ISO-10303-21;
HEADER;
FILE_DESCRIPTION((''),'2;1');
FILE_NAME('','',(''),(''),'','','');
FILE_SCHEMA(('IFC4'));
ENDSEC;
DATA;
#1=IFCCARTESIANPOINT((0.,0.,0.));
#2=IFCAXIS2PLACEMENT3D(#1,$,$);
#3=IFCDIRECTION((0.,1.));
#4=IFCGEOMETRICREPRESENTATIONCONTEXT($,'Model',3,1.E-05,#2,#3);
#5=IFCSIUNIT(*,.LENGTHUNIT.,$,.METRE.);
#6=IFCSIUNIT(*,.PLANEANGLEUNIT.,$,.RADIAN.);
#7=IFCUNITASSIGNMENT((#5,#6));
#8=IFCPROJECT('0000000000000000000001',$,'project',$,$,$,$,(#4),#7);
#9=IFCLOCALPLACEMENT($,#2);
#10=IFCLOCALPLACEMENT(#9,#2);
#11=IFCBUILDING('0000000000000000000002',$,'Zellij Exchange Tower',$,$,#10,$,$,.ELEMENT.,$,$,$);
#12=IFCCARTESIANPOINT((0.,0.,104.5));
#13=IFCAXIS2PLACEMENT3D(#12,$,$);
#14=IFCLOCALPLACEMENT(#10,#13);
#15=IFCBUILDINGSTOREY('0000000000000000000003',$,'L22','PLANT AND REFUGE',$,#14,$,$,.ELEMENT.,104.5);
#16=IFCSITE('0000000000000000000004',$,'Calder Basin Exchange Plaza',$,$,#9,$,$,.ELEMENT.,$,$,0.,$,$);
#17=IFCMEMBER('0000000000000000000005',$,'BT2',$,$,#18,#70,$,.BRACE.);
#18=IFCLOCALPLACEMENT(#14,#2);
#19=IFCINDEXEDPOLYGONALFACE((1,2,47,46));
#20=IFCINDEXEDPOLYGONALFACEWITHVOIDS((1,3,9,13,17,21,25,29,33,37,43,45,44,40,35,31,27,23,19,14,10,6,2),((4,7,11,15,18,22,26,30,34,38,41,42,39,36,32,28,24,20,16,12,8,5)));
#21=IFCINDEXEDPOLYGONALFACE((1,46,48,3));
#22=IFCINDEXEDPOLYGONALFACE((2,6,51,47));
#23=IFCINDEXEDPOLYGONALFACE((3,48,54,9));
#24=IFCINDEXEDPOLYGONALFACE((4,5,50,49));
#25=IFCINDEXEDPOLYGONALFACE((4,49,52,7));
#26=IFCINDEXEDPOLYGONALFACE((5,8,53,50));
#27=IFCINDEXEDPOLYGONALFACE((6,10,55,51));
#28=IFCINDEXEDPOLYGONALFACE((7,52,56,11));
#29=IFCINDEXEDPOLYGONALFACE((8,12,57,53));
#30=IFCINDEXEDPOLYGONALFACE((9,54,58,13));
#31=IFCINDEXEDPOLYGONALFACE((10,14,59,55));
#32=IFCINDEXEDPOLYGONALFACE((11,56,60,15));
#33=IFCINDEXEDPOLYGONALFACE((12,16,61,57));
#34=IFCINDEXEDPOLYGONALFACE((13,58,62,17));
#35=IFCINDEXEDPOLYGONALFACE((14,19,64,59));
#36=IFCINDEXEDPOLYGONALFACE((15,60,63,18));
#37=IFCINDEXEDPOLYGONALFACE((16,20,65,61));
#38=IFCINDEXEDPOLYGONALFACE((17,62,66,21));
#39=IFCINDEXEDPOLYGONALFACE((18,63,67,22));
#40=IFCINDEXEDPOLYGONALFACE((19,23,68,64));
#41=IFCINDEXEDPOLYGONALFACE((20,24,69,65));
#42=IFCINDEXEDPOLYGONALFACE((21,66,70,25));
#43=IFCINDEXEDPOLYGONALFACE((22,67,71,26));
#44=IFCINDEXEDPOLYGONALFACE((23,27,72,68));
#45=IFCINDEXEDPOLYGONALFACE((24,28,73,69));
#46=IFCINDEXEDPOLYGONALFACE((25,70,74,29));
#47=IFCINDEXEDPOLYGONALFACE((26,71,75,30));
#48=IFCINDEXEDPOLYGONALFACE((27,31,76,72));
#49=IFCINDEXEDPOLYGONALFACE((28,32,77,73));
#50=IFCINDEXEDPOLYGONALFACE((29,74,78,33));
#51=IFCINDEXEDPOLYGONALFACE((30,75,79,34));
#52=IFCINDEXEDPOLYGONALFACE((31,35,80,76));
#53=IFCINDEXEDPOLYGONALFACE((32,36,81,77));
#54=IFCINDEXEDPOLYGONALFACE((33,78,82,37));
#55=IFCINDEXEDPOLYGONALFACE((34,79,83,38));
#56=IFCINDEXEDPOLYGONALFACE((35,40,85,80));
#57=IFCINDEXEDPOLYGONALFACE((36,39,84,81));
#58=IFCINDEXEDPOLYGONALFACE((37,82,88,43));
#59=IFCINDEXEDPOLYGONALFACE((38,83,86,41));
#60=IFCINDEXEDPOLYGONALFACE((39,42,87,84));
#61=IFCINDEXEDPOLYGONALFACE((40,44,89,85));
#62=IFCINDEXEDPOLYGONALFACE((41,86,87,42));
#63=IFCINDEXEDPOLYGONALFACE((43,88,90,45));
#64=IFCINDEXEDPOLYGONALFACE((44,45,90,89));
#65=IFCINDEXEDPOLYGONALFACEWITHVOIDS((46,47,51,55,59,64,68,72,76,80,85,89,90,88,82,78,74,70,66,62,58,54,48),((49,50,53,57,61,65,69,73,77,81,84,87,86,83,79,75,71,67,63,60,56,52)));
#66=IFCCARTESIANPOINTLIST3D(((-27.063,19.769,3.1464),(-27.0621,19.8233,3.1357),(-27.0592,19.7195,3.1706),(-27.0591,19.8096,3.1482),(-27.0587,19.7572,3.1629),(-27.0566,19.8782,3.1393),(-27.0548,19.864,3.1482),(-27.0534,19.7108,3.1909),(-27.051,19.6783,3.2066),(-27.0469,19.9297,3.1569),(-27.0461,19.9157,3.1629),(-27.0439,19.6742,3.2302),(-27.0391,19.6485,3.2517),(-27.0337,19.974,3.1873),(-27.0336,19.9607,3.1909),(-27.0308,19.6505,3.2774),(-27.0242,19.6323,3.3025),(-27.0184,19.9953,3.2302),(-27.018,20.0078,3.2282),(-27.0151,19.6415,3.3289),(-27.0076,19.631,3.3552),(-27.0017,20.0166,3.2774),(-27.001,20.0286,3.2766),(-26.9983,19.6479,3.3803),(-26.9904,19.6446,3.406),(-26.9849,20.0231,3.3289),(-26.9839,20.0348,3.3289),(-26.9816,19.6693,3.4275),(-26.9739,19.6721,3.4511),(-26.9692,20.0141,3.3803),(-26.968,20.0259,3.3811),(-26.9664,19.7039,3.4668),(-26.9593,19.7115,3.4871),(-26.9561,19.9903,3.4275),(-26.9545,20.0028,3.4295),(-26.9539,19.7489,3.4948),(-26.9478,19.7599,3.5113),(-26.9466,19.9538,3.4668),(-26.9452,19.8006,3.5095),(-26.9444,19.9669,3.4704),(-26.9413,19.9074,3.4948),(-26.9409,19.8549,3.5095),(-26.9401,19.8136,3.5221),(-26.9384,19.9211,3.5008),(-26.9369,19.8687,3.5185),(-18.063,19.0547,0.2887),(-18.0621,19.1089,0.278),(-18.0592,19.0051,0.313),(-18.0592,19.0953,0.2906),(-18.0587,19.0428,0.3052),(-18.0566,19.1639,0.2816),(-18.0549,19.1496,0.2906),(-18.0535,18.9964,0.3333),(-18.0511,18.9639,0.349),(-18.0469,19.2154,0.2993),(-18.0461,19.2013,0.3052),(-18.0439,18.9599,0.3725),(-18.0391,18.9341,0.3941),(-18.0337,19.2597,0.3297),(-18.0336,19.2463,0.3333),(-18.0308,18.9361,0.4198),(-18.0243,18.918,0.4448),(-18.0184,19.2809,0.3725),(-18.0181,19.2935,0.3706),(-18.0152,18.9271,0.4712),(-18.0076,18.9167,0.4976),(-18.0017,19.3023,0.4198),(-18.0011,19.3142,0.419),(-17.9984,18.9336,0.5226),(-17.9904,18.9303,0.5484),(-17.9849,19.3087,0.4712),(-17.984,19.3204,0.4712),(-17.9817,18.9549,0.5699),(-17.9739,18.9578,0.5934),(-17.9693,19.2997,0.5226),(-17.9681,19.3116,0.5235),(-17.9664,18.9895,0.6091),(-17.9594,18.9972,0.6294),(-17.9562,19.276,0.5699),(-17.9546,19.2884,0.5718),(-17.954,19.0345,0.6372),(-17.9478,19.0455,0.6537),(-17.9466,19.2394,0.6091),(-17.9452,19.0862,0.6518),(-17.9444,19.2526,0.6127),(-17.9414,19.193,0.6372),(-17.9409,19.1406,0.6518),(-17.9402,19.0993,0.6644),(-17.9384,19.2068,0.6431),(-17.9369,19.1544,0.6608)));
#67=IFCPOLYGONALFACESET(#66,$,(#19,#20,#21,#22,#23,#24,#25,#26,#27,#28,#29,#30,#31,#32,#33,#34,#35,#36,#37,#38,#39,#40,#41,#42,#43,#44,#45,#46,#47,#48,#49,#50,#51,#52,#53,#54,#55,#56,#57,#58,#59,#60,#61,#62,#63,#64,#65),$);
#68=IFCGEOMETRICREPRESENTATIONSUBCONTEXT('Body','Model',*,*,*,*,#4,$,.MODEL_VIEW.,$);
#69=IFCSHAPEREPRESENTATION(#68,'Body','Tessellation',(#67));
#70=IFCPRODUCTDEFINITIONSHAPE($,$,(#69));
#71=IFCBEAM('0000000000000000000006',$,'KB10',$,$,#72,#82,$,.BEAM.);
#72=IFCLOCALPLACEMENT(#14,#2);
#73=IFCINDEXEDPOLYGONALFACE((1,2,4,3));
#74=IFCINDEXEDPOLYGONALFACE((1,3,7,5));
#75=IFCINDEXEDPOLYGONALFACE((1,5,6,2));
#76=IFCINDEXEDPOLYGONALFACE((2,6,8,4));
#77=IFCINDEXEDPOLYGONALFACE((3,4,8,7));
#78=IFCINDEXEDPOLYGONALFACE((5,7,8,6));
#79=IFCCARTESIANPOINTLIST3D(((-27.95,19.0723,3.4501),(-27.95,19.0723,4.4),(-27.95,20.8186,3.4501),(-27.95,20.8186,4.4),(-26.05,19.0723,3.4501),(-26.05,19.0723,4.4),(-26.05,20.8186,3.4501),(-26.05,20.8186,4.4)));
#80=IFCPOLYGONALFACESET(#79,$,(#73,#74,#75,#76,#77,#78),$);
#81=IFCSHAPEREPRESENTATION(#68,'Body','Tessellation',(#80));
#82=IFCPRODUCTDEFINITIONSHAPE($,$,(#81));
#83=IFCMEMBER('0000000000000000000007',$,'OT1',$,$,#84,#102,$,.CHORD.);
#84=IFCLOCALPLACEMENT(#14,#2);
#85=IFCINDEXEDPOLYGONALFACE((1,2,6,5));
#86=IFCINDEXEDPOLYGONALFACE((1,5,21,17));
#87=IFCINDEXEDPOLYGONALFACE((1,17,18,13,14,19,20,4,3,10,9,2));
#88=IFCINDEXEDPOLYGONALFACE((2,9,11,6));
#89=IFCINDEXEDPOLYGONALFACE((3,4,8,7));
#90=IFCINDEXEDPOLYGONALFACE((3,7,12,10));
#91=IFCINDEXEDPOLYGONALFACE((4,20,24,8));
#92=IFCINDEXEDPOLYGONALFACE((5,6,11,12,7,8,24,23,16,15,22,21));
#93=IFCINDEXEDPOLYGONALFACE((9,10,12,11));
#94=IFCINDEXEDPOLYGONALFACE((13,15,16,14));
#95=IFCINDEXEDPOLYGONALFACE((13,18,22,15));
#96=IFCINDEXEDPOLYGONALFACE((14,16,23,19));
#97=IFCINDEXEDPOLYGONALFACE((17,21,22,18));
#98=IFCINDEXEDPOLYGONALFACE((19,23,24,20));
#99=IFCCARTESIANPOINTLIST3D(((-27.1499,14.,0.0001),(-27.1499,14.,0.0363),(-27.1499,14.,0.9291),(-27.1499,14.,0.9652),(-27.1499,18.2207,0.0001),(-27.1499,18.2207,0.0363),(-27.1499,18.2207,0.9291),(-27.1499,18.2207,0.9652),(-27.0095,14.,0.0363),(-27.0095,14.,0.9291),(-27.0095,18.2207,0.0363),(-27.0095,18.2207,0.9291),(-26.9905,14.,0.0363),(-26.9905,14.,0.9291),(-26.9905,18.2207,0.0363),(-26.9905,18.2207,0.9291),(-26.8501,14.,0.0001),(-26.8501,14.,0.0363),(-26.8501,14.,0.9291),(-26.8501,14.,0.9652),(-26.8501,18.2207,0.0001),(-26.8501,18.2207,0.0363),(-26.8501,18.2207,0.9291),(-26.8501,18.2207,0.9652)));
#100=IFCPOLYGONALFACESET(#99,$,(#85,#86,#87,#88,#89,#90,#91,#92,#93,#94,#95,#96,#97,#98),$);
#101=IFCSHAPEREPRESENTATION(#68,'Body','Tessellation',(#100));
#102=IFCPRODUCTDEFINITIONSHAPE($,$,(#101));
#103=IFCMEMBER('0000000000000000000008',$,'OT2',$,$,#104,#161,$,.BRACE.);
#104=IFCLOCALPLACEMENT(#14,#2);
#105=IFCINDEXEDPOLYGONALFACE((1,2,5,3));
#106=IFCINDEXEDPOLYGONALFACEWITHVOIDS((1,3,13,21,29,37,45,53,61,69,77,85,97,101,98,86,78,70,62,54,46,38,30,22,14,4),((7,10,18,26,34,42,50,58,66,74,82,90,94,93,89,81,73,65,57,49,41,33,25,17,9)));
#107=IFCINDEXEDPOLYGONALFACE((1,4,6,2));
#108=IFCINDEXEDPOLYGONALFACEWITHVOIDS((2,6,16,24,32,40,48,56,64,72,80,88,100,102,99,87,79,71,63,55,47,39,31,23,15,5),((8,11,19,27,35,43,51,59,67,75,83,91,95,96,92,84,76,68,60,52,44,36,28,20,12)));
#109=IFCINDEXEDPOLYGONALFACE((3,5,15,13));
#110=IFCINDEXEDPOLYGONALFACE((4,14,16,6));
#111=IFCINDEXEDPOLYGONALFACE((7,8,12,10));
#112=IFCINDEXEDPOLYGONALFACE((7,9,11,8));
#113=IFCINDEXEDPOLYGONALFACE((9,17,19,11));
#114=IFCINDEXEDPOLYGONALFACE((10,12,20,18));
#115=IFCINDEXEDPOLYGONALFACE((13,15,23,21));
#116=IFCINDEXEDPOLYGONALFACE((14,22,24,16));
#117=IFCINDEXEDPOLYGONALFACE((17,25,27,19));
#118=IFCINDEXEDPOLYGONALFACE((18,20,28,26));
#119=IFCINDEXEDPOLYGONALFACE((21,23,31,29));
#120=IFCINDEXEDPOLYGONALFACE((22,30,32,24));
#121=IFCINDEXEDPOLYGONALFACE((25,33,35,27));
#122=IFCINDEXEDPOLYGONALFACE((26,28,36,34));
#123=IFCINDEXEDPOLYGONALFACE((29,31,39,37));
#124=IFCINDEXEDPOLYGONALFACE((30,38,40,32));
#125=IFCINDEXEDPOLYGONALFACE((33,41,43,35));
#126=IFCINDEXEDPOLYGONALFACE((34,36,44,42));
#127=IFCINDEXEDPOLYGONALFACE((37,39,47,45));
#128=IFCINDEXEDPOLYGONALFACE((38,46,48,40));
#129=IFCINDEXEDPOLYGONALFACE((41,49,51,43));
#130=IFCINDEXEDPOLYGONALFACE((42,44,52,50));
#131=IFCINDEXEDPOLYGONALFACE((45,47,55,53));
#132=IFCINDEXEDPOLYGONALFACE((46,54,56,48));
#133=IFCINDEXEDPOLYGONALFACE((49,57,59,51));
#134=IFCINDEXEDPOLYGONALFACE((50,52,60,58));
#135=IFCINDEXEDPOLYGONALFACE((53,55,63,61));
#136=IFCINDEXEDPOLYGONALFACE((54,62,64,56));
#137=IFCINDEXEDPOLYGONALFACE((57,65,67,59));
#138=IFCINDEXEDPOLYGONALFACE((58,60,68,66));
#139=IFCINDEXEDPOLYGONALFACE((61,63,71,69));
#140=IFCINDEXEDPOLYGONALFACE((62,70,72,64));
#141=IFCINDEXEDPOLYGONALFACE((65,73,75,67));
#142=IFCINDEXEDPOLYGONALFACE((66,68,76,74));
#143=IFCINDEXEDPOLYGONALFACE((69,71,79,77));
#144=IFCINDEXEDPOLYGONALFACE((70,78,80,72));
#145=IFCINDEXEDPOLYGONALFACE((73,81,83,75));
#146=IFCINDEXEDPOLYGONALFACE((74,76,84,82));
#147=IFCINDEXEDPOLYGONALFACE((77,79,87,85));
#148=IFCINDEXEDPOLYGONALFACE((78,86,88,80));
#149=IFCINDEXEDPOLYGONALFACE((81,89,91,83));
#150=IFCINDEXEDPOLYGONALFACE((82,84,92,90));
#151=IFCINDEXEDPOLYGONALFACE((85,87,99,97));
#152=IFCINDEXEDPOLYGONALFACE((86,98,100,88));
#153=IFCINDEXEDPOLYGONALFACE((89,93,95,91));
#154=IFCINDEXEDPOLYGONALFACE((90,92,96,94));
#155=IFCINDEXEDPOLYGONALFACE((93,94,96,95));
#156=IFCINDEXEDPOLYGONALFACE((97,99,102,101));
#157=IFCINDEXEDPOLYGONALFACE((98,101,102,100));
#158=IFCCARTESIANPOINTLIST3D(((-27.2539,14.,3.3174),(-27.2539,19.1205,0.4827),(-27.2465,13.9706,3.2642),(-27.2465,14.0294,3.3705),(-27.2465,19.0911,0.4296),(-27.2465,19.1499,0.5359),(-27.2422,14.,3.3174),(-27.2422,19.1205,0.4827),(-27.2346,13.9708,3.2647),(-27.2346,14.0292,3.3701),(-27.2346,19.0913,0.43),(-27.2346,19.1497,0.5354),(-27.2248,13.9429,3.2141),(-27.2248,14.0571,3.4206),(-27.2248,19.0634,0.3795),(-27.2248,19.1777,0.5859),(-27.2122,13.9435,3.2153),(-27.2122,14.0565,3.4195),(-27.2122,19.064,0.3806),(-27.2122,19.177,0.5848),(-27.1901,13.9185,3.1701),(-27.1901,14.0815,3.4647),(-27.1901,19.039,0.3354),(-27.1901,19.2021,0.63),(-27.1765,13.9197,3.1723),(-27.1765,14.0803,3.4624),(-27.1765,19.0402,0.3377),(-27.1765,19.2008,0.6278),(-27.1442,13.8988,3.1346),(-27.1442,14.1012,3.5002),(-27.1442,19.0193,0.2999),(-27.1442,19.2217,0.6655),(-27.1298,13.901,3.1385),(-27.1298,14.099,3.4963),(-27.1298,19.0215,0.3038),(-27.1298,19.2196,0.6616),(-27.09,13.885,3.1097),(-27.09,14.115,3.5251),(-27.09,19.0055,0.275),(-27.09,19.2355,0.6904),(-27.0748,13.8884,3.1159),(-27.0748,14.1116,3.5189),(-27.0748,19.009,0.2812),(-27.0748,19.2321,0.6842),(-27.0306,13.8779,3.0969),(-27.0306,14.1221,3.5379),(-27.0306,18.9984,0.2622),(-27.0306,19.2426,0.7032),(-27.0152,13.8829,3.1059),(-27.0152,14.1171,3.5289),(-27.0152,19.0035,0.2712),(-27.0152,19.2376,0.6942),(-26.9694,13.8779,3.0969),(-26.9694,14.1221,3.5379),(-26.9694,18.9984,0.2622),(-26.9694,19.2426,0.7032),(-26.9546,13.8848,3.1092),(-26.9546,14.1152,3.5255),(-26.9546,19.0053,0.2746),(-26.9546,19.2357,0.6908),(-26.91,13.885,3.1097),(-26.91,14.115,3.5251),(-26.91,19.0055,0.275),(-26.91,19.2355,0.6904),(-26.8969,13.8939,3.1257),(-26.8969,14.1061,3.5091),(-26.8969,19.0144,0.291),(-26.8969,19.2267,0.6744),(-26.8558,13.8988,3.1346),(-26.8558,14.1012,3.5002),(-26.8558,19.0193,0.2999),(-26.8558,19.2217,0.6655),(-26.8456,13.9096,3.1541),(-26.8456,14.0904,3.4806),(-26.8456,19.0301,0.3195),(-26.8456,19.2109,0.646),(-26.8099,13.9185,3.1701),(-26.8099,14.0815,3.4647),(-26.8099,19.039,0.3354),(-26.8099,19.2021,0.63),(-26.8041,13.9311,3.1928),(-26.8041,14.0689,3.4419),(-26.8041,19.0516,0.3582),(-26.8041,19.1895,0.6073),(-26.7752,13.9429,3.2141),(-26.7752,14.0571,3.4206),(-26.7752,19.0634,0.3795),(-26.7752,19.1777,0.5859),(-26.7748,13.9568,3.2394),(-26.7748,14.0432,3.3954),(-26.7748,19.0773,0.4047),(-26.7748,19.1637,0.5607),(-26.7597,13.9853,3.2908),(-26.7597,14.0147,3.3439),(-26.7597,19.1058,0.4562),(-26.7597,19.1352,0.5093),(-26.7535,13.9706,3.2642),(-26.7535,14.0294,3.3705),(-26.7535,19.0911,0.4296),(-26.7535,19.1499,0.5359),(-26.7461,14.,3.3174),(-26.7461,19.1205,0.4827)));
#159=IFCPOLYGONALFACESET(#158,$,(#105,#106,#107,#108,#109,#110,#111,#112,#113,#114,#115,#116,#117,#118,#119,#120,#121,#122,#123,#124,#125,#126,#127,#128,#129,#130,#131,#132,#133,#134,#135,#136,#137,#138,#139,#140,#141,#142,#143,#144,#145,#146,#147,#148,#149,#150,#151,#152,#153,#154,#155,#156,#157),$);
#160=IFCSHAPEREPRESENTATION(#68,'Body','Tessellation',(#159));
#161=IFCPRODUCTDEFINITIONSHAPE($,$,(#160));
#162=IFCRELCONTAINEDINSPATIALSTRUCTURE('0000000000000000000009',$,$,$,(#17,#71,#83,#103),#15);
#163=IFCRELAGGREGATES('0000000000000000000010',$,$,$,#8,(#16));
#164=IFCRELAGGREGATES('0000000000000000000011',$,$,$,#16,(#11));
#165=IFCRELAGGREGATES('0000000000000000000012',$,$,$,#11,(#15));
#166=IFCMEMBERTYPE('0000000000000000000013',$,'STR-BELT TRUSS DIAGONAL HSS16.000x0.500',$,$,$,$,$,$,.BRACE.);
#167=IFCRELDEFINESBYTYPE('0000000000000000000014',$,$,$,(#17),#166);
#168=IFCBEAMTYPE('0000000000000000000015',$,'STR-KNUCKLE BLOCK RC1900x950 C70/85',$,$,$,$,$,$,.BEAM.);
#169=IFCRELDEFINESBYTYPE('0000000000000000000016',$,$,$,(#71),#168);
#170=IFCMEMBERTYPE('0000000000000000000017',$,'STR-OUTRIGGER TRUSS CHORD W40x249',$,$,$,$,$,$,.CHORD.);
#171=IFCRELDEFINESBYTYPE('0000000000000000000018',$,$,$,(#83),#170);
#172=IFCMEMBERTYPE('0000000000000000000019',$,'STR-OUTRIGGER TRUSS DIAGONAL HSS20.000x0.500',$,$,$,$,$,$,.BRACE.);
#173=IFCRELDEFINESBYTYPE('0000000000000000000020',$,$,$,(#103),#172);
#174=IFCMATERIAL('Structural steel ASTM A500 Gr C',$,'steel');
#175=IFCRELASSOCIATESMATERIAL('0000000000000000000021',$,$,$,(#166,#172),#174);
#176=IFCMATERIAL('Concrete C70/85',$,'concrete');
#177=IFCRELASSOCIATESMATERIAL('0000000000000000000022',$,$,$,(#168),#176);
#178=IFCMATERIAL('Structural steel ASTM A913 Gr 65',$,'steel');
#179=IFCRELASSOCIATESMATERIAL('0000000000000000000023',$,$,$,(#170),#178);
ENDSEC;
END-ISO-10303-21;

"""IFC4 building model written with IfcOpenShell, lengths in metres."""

from ifc_helpers import new_model, si_unit, direction, frame, origin, origin_2d, place, context, subcontext, project, spatial, rectangle, hollow_circle, i_section, extrude, material, material_profile, profile_set, type_object, element, save


model = new_model("IFC4")

# Units and contexts
model_context = context("Model", 3, precision=1e-05, world=origin(), true_north=direction((0.0, 1.0)))
body_context = subcontext(model_context, "Body", "Model", "MODEL_VIEW")
ifc_project = project(units=[si_unit("LENGTHUNIT", "METRE"), si_unit("PLANEANGLEUNIT", "RADIAN")], contexts=[model_context])

# Site, building, storey
site_placement = place(None, origin())
site = spatial("IfcSite", under=ifc_project, at=site_placement, Name="Calder Basin Exchange Plaza", CompositionType="ELEMENT", RefElevation=0.0)
building_placement = place(site_placement, origin())
building = spatial("IfcBuilding", under=site, at=building_placement, Name="Zellij Exchange Tower", CompositionType="ELEMENT")
storey_placement = place(building_placement, frame((0.0, 0.0, 104.5)))
storey = spatial("IfcBuildingStorey", under=building, at=storey_placement, Name="L22", Description="PLANT AND REFUGE", CompositionType="ELEMENT", Elevation=104.5)

# Shared definitions
ifc_material_1 = material(Name="Concrete C70/85", Category="concrete")

# Member
ifc_material_2 = material(Name="Structural steel ASTM A500 Gr C", Category="steel")
ifc_material_profile_1 = material_profile(ifc_material_2, hollow_circle(Radius=0.2031, WallThickness=0.0117, at=origin_2d()), Name="STR-BELT TRUSS DIAGONAL HSS16.000x0.500")
ifc_profile_set_1 = profile_set([ifc_material_profile_1], Name="Structural steel ASTM A500 Gr C")
member_type_1 = type_object("IfcMemberType", Name="STR-BELT TRUSS DIAGONAL HSS16.000x0.500", PredefinedType="BRACE", material=ifc_profile_set_1)
member_1_placement = place(storey_placement, frame((-27.0, 19.8323, 3.3289), z_axis=(0.950393, -0.075435, -0.301767), x_axis=(0.079124, 0.996865, 0.0)))
element("IfcMember", 1, at=member_1_placement, inside=storey, type_object=member_type_1, Name="BT2", PredefinedType="BRACE", context=body_context, shape_type="SweptSolid", body=[
    extrude(hollow_circle(Radius=0.2031, WallThickness=0.0117, at=origin_2d()), origin(), (0.0, 0.0, 1.0), 9.4697),
])

# Beam
ifc_material_profile_2 = material_profile(ifc_material_1, rectangle(XDim=1.8999, YDim=0.95, at=origin_2d()), Name="STR-KNUCKLE BLOCK RC1900x950 C70/85")
ifc_profile_set_2 = profile_set([ifc_material_profile_2], Name="Concrete C70/85")
beam_type = type_object("IfcBeamType", Name="STR-KNUCKLE BLOCK RC1900x950 C70/85", PredefinedType="BEAM", material=ifc_profile_set_2)
beam_placement = place(storey_placement, frame((-27.0, 19.0723, 3.925), z_axis=(0.0, 1.0, 0.0), x_axis=(-1.0, 0.0, 0.0)))
element("IfcBeam", 2, at=beam_placement, inside=storey, type_object=beam_type, Name="KB10", PredefinedType="BEAM", context=body_context, shape_type="SweptSolid", body=[
    extrude(rectangle(XDim=1.8999, YDim=0.95, at=origin_2d()), origin(), (0.0, 0.0, 1.0), 1.7463),
])

# Members
ifc_material_3 = material(Name="Structural steel ASTM A913 Gr 65", Category="steel")
ifc_material_profile_3 = material_profile(ifc_material_3, i_section(OverallWidth=0.2998, OverallDepth=0.9651, WebThickness=0.019, FlangeThickness=0.0361, at=origin_2d()), Name="W40x249")
ifc_profile_set_3 = profile_set([ifc_material_profile_3], Name="Structural steel ASTM A913 Gr 65")
member_type_2 = type_object("IfcMemberType", Name="STR-OUTRIGGER TRUSS CHORD W40x249", PredefinedType="CHORD", material=ifc_profile_set_3)
member_2_placement = place(storey_placement, frame((-27.0, 14.0, 0.4827), z_axis=(0.0, 1.0, 0.0), x_axis=(-1.0, 0.0, 0.0)))
element("IfcMember", 3, at=member_2_placement, inside=storey, type_object=member_type_2, Name="OT1", PredefinedType="CHORD", context=body_context, shape_type="SweptSolid", body=[
    extrude(i_section(OverallWidth=0.2998, OverallDepth=0.9651, WebThickness=0.019, FlangeThickness=0.0361, at=origin_2d()), origin(), (0.0, 0.0, 1.0), 4.2207),
])
ifc_material_profile_4 = material_profile(ifc_material_2, hollow_circle(Radius=0.2539, WallThickness=0.0117, at=origin_2d()), Name="STR-OUTRIGGER TRUSS DIAGONAL HSS20.000x0.500")
ifc_profile_set_4 = profile_set([ifc_material_profile_4], Name="Structural steel ASTM A500 Gr C")
member_type_3 = type_object("IfcMemberType", Name="STR-OUTRIGGER TRUSS DIAGONAL HSS20.000x0.500", PredefinedType="BRACE", material=ifc_profile_set_4)
member_3_placement = place(storey_placement, frame((-27.0, 14.0, 3.3174), z_axis=(0.0, 0.874886, -0.484328), x_axis=(-1.0, 0.0, 0.0)))
element("IfcMember", 4, at=member_3_placement, inside=storey, type_object=member_type_3, Name="OT2", PredefinedType="BRACE", context=body_context, shape_type="SweptSolid", body=[
    extrude(hollow_circle(Radius=0.2539, WallThickness=0.0117, at=origin_2d()), origin(), (0.0, 0.0, 1.0), 5.8528),
])

save(model, "model.ifc")
